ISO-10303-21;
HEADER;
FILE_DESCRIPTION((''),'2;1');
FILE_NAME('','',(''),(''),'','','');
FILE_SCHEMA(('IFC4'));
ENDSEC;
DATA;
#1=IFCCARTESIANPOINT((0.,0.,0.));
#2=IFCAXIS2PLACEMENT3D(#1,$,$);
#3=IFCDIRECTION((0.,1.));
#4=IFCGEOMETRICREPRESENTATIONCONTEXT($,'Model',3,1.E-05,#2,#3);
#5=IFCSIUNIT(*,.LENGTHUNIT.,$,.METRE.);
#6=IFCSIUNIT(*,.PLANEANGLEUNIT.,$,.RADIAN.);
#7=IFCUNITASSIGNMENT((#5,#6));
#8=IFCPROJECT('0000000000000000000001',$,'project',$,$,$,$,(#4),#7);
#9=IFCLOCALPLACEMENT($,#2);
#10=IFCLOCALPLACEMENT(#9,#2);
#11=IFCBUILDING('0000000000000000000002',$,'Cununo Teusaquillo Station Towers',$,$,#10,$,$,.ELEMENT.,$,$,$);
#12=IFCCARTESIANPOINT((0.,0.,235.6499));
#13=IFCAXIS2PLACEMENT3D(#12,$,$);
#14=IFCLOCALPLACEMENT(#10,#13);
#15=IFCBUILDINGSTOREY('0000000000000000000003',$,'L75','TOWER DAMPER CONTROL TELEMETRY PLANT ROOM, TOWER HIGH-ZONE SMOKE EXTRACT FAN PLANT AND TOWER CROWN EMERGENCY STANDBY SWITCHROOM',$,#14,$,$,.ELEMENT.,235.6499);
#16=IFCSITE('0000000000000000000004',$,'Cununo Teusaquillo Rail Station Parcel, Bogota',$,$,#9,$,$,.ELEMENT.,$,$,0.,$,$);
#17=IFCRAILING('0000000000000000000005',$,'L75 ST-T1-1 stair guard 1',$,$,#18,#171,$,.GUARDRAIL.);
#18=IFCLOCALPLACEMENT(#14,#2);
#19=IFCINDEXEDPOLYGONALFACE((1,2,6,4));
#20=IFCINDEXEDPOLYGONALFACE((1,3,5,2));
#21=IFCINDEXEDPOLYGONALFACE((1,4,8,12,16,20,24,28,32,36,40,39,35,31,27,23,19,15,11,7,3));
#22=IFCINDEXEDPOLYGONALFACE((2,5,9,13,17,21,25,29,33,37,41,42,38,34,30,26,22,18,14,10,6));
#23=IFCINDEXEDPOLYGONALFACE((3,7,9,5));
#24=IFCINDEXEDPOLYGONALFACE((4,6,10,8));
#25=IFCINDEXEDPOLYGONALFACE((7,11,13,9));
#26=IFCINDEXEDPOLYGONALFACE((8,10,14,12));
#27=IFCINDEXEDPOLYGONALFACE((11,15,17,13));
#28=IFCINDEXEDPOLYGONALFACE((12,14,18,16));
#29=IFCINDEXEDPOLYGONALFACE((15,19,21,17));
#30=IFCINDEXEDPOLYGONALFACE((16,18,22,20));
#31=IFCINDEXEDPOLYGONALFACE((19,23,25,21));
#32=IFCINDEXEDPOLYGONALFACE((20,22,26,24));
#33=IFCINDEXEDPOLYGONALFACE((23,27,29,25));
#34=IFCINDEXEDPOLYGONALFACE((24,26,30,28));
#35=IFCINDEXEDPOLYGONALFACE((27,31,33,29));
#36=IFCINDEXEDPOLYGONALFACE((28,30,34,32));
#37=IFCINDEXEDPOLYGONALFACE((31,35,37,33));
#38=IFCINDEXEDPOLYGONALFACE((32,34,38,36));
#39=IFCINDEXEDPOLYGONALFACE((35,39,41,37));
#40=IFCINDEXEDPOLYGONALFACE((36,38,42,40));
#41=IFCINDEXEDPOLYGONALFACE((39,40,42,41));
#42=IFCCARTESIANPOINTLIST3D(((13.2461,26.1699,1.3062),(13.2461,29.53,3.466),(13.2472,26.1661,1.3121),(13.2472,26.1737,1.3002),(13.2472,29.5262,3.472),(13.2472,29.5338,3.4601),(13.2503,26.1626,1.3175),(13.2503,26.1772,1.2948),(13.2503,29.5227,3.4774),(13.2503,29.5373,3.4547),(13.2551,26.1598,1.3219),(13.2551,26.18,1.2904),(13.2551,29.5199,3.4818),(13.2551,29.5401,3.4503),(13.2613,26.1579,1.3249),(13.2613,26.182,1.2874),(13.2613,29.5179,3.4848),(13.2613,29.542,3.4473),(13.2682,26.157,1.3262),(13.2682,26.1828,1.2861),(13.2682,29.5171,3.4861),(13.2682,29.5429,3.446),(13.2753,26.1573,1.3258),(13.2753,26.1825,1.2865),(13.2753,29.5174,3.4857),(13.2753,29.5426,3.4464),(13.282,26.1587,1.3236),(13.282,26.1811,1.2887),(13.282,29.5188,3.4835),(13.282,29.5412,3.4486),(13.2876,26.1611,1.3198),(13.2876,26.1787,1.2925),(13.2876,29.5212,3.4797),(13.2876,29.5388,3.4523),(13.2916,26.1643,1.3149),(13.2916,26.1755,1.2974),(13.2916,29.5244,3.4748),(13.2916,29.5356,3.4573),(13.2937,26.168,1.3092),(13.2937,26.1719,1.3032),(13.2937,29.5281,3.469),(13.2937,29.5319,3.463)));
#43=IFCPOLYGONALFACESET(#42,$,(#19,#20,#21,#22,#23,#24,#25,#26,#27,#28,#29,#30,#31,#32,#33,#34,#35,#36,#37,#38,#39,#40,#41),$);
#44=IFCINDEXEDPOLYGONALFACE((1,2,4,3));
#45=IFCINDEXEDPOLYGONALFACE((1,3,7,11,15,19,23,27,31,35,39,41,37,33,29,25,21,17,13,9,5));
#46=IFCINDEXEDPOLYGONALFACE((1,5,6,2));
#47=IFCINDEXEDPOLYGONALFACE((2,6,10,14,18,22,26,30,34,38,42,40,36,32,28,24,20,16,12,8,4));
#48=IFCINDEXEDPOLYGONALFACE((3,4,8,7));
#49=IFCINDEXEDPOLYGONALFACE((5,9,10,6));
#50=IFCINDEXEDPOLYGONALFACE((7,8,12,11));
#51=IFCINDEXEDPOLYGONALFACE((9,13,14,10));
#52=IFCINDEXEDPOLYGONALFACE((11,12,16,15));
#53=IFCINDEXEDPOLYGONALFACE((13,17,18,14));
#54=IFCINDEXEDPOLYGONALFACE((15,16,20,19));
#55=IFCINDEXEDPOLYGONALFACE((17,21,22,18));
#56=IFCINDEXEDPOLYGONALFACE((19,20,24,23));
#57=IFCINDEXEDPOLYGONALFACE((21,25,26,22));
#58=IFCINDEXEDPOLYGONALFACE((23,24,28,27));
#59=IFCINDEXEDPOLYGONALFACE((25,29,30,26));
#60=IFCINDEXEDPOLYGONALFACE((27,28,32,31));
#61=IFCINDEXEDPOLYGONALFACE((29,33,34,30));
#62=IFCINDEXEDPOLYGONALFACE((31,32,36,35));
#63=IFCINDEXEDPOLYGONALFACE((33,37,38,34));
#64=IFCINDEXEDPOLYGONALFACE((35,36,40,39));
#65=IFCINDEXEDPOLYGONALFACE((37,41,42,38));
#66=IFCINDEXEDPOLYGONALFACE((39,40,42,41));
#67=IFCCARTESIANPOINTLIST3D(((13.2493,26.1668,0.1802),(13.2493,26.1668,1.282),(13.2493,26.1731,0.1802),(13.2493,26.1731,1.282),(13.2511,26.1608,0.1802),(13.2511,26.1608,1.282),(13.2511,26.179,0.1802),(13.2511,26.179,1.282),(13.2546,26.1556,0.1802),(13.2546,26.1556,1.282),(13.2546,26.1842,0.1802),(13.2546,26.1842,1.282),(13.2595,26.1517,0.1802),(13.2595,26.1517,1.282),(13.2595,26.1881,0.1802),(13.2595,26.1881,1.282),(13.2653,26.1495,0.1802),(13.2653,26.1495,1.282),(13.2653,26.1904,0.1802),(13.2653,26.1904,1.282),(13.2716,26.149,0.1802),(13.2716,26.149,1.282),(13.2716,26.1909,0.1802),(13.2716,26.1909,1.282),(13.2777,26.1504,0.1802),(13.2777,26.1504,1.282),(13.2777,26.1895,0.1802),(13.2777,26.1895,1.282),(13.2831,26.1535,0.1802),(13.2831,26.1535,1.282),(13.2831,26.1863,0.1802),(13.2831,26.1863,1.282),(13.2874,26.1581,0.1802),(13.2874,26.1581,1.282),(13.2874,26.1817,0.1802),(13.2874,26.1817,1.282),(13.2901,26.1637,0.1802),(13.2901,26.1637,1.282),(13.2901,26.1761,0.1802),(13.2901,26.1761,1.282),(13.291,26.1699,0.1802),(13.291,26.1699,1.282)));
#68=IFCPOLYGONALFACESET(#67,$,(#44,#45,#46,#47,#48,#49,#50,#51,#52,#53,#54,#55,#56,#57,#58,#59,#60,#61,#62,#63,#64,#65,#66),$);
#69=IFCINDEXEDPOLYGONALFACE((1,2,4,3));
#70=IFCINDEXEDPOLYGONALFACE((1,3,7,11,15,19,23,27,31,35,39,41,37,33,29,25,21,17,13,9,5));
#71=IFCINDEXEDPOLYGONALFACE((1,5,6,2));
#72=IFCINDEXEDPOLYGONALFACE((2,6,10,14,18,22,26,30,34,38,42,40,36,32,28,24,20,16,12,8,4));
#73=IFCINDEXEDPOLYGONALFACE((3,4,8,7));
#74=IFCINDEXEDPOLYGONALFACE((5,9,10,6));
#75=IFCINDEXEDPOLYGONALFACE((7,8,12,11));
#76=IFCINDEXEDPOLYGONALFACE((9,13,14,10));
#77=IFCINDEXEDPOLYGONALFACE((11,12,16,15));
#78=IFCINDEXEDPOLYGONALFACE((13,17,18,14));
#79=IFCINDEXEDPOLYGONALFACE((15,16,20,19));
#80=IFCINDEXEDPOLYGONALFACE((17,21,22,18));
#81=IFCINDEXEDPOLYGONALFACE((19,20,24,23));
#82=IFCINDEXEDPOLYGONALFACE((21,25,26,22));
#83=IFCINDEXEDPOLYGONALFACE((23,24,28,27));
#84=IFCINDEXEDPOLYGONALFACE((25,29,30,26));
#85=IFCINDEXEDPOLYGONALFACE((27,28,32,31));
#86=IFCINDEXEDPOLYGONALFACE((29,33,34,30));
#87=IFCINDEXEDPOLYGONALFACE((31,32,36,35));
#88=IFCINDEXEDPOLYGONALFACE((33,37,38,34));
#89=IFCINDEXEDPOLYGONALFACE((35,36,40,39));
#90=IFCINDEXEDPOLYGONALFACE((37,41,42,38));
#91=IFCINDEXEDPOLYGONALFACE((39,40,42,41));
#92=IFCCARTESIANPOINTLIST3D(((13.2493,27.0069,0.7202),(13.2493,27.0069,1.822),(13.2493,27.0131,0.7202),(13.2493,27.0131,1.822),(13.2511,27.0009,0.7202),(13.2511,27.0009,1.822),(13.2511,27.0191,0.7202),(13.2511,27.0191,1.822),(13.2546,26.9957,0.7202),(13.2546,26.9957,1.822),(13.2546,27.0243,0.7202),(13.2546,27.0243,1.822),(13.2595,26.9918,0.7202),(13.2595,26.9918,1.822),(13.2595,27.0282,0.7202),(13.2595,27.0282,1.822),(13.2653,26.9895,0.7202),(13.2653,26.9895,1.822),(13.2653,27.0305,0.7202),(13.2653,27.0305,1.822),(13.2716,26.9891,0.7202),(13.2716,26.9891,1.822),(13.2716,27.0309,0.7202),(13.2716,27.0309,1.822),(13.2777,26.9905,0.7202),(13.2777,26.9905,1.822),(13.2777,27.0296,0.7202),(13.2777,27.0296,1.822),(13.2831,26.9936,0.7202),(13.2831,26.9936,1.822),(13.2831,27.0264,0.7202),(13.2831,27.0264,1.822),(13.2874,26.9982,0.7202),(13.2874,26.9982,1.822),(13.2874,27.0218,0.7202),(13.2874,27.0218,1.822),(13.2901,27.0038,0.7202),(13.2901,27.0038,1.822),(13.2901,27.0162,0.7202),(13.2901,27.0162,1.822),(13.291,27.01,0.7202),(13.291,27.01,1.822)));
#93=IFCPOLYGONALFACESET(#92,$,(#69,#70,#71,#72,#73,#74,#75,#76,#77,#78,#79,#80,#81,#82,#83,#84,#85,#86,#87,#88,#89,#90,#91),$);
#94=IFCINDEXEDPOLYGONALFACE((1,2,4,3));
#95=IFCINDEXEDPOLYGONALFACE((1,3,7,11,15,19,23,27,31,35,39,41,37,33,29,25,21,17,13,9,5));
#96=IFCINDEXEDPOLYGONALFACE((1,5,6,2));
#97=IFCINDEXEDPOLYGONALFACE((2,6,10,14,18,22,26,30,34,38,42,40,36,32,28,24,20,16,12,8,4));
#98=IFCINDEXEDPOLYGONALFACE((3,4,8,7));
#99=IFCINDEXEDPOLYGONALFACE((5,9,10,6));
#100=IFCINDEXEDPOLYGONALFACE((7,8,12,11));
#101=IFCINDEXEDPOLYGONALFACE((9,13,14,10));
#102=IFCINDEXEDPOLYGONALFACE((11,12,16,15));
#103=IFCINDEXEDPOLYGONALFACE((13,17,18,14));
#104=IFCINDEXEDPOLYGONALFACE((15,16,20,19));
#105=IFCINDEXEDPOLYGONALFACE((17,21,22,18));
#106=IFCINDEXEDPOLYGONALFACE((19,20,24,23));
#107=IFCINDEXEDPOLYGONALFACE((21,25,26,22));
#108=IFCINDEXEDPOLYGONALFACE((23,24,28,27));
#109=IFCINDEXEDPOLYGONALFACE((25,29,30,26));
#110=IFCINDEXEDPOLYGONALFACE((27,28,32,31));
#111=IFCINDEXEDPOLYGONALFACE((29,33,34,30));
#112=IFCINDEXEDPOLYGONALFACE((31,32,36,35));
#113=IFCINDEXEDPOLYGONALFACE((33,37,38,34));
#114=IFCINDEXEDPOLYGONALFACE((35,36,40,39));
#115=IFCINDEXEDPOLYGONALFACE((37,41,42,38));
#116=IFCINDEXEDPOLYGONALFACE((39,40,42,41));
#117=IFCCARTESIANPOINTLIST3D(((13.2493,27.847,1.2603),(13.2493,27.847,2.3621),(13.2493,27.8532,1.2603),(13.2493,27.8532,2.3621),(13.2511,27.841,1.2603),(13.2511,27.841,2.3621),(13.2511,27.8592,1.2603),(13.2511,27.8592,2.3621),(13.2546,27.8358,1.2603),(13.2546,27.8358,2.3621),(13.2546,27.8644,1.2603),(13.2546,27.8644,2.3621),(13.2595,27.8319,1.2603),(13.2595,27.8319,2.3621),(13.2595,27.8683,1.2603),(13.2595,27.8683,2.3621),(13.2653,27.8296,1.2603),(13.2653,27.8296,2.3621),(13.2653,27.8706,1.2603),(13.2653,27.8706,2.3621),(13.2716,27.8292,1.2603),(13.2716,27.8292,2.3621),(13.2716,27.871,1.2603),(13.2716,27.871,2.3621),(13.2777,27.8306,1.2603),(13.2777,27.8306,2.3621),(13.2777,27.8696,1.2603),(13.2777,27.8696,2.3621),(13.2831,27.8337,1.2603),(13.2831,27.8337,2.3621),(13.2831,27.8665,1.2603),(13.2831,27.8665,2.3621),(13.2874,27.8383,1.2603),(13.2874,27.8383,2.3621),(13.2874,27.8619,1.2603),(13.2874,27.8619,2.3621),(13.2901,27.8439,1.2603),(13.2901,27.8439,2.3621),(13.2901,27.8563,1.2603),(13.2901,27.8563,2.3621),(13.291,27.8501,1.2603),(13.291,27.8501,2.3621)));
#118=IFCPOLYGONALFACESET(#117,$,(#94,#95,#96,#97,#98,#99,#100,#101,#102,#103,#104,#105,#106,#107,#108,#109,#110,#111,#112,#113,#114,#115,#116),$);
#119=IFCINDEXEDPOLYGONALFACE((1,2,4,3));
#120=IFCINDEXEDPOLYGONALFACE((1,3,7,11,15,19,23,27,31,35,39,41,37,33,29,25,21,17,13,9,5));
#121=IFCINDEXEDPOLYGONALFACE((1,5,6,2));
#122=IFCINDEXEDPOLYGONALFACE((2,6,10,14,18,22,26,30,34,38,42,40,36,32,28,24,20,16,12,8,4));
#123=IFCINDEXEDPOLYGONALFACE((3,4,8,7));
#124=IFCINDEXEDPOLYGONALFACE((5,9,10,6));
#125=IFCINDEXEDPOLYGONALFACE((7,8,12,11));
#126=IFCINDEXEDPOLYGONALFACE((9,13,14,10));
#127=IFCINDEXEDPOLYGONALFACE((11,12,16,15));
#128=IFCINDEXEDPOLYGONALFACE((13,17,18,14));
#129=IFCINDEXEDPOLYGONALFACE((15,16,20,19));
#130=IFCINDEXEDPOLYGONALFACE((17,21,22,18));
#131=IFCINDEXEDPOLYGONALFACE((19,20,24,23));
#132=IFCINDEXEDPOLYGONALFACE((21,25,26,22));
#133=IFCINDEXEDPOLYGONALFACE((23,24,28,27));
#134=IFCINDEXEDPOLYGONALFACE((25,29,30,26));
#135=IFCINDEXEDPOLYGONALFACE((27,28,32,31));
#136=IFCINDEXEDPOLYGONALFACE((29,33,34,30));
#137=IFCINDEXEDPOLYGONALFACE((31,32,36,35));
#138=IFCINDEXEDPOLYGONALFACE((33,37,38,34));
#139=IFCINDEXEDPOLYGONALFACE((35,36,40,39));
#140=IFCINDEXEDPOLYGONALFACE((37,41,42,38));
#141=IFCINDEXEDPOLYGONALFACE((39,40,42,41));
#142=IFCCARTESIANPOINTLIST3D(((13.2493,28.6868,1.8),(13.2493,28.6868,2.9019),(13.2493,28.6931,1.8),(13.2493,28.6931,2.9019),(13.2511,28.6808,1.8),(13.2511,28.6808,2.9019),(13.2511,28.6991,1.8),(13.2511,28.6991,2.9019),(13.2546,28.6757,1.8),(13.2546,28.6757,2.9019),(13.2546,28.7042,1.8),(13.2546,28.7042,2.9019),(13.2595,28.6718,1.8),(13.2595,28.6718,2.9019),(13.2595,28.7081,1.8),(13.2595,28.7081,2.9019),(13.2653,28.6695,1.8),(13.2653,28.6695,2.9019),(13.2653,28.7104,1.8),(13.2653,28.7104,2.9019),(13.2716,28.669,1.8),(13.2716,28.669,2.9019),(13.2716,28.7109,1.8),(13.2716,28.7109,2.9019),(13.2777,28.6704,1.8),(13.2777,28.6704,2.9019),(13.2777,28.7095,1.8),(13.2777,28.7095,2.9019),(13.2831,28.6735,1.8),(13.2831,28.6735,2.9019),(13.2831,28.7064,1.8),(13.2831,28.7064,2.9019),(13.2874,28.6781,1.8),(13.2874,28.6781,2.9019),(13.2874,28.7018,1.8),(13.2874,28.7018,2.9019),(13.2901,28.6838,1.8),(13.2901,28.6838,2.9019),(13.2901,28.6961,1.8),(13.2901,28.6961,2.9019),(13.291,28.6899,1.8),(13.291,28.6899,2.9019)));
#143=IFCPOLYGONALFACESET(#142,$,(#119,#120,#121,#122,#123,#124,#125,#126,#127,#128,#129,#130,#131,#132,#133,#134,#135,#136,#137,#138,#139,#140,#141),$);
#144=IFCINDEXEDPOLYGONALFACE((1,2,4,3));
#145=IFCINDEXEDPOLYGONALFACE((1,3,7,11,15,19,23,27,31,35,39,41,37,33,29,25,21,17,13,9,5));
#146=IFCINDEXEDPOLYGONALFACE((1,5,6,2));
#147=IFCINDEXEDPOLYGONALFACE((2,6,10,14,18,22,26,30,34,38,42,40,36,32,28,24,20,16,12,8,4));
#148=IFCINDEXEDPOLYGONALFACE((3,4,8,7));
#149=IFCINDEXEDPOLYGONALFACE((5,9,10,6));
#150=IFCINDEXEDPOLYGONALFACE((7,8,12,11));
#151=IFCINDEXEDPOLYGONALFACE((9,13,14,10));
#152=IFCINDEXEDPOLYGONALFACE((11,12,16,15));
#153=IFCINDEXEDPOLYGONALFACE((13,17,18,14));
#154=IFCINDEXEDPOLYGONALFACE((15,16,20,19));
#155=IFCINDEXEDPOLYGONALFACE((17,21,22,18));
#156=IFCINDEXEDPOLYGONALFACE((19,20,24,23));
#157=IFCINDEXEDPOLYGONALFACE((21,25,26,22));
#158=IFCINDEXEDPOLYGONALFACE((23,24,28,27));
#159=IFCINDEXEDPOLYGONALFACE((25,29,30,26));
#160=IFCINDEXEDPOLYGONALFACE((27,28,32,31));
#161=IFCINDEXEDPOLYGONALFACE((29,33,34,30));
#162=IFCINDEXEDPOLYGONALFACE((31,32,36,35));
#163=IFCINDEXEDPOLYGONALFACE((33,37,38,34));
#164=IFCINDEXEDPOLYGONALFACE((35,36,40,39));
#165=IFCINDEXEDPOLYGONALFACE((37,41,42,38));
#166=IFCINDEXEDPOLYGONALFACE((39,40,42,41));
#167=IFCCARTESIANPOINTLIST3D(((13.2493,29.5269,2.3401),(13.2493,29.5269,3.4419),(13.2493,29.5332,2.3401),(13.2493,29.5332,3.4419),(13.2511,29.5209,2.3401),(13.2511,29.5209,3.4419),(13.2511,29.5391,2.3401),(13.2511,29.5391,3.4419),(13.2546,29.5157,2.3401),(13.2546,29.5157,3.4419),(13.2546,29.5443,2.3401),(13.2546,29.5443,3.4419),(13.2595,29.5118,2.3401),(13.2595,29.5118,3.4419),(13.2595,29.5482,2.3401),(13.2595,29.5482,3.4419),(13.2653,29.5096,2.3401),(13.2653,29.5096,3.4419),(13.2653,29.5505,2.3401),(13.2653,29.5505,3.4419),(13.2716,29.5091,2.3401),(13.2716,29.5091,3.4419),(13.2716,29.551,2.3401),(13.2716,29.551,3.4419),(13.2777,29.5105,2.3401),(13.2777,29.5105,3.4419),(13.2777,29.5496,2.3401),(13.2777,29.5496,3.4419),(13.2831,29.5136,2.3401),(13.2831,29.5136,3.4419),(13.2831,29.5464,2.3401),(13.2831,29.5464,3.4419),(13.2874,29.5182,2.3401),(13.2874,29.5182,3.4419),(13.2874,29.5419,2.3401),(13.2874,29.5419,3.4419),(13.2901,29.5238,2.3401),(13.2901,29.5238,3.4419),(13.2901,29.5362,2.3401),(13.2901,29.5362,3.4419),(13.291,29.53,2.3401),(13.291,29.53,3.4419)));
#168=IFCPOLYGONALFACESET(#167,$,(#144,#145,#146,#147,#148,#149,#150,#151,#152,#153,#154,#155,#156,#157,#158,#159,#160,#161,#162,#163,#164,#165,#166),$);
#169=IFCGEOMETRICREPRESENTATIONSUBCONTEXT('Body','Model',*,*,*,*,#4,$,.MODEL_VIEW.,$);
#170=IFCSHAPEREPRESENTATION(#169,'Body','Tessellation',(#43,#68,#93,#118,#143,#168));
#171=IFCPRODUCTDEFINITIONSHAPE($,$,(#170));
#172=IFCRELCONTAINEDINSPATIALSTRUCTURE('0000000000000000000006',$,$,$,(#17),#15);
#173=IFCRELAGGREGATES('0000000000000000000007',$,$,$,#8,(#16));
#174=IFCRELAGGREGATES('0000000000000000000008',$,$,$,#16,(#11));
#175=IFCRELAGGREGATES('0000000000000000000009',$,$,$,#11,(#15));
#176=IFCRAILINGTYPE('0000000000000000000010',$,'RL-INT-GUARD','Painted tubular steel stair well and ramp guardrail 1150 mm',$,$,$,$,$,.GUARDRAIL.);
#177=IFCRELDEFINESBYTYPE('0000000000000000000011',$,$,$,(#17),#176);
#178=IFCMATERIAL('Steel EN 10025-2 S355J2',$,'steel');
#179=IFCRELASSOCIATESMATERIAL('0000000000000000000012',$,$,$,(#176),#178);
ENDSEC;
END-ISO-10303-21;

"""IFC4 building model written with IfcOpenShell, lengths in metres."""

from ifc_helpers import new_model, si_unit, direction, frame, origin, origin_2d, place, context, subcontext, project, spatial, circle, extrude, material, type_object, element, save


model = new_model("IFC4")

# Units and contexts
model_context = context("Model", 3, precision=1e-05, world=origin(), true_north=direction((0.0, 1.0)))
body_context = subcontext(model_context, "Body", "Model", "MODEL_VIEW")
ifc_project = project(units=[si_unit("LENGTHUNIT", "METRE"), si_unit("PLANEANGLEUNIT", "RADIAN")], contexts=[model_context])

# Site, building, storey
site_placement = place(None, origin())
site = spatial("IfcSite", under=ifc_project, at=site_placement, Name="Cununo Teusaquillo Rail Station Parcel, Bogota", CompositionType="ELEMENT", RefElevation=0.0)
building_placement = place(site_placement, origin())
building = spatial("IfcBuilding", under=site, at=building_placement, Name="Cununo Teusaquillo Station Towers", CompositionType="ELEMENT")
storey_placement = place(building_placement, frame((0.0, 0.0, 235.6499)))
storey = spatial("IfcBuildingStorey", under=building, at=storey_placement, Name="L75", Description="TOWER DAMPER CONTROL TELEMETRY PLANT ROOM, TOWER HIGH-ZONE SMOKE EXTRACT FAN PLANT AND TOWER CROWN EMERGENCY STANDBY SWITCHROOM", CompositionType="ELEMENT", Elevation=235.6499)

# Railing
ifc_material_1 = material(Name="Steel EN 10025-2 S355J2", Category="steel")
railing_type_1 = type_object("IfcRailingType", Name="RL-INT-GUARD", Description="Painted tubular steel stair well and ramp guardrail 1150 mm", PredefinedType="GUARDRAIL", material=ifc_material_1)
railing_1_placement = place(storey_placement, frame((13.27, 26.1699, 0.1802)))
element("IfcRailing", 1, at=railing_1_placement, inside=storey, type_object=railing_type_1, Name="L75 ST-T1-1 stair guard 1", PredefinedType="GUARDRAIL", context=body_context, shape_type="SweptSolid", body=[
    extrude(circle(Radius=0.0239, at=origin_2d()), frame((0.0, 0.0, 1.126), z_axis=(0.0, 0.841196, 0.54073), x_axis=(-1.0, 0.0, 0.0)), (0.0, 0.0, 1.0), 3.9944),
    extrude(circle(Radius=0.021, at=origin_2d()), origin(), (0.0, 0.0, 1.0), 1.1018),
    extrude(circle(Radius=0.021, at=origin_2d()), frame((0.0, 0.8401, 0.54)), (0.0, 0.0, 1.0), 1.1018),
    extrude(circle(Radius=0.021, at=origin_2d()), frame((0.0, 1.6802, 1.0801)), (0.0, 0.0, 1.0), 1.1018),
    extrude(circle(Radius=0.021, at=origin_2d()), frame((0.0, 2.52, 1.6199)), (0.0, 0.0, 1.0), 1.1018),
    extrude(circle(Radius=0.021, at=origin_2d()), frame((0.0, 3.3601, 2.1599)), (0.0, 0.0, 1.0), 1.1018),
])

save(model, "model.ifc")
